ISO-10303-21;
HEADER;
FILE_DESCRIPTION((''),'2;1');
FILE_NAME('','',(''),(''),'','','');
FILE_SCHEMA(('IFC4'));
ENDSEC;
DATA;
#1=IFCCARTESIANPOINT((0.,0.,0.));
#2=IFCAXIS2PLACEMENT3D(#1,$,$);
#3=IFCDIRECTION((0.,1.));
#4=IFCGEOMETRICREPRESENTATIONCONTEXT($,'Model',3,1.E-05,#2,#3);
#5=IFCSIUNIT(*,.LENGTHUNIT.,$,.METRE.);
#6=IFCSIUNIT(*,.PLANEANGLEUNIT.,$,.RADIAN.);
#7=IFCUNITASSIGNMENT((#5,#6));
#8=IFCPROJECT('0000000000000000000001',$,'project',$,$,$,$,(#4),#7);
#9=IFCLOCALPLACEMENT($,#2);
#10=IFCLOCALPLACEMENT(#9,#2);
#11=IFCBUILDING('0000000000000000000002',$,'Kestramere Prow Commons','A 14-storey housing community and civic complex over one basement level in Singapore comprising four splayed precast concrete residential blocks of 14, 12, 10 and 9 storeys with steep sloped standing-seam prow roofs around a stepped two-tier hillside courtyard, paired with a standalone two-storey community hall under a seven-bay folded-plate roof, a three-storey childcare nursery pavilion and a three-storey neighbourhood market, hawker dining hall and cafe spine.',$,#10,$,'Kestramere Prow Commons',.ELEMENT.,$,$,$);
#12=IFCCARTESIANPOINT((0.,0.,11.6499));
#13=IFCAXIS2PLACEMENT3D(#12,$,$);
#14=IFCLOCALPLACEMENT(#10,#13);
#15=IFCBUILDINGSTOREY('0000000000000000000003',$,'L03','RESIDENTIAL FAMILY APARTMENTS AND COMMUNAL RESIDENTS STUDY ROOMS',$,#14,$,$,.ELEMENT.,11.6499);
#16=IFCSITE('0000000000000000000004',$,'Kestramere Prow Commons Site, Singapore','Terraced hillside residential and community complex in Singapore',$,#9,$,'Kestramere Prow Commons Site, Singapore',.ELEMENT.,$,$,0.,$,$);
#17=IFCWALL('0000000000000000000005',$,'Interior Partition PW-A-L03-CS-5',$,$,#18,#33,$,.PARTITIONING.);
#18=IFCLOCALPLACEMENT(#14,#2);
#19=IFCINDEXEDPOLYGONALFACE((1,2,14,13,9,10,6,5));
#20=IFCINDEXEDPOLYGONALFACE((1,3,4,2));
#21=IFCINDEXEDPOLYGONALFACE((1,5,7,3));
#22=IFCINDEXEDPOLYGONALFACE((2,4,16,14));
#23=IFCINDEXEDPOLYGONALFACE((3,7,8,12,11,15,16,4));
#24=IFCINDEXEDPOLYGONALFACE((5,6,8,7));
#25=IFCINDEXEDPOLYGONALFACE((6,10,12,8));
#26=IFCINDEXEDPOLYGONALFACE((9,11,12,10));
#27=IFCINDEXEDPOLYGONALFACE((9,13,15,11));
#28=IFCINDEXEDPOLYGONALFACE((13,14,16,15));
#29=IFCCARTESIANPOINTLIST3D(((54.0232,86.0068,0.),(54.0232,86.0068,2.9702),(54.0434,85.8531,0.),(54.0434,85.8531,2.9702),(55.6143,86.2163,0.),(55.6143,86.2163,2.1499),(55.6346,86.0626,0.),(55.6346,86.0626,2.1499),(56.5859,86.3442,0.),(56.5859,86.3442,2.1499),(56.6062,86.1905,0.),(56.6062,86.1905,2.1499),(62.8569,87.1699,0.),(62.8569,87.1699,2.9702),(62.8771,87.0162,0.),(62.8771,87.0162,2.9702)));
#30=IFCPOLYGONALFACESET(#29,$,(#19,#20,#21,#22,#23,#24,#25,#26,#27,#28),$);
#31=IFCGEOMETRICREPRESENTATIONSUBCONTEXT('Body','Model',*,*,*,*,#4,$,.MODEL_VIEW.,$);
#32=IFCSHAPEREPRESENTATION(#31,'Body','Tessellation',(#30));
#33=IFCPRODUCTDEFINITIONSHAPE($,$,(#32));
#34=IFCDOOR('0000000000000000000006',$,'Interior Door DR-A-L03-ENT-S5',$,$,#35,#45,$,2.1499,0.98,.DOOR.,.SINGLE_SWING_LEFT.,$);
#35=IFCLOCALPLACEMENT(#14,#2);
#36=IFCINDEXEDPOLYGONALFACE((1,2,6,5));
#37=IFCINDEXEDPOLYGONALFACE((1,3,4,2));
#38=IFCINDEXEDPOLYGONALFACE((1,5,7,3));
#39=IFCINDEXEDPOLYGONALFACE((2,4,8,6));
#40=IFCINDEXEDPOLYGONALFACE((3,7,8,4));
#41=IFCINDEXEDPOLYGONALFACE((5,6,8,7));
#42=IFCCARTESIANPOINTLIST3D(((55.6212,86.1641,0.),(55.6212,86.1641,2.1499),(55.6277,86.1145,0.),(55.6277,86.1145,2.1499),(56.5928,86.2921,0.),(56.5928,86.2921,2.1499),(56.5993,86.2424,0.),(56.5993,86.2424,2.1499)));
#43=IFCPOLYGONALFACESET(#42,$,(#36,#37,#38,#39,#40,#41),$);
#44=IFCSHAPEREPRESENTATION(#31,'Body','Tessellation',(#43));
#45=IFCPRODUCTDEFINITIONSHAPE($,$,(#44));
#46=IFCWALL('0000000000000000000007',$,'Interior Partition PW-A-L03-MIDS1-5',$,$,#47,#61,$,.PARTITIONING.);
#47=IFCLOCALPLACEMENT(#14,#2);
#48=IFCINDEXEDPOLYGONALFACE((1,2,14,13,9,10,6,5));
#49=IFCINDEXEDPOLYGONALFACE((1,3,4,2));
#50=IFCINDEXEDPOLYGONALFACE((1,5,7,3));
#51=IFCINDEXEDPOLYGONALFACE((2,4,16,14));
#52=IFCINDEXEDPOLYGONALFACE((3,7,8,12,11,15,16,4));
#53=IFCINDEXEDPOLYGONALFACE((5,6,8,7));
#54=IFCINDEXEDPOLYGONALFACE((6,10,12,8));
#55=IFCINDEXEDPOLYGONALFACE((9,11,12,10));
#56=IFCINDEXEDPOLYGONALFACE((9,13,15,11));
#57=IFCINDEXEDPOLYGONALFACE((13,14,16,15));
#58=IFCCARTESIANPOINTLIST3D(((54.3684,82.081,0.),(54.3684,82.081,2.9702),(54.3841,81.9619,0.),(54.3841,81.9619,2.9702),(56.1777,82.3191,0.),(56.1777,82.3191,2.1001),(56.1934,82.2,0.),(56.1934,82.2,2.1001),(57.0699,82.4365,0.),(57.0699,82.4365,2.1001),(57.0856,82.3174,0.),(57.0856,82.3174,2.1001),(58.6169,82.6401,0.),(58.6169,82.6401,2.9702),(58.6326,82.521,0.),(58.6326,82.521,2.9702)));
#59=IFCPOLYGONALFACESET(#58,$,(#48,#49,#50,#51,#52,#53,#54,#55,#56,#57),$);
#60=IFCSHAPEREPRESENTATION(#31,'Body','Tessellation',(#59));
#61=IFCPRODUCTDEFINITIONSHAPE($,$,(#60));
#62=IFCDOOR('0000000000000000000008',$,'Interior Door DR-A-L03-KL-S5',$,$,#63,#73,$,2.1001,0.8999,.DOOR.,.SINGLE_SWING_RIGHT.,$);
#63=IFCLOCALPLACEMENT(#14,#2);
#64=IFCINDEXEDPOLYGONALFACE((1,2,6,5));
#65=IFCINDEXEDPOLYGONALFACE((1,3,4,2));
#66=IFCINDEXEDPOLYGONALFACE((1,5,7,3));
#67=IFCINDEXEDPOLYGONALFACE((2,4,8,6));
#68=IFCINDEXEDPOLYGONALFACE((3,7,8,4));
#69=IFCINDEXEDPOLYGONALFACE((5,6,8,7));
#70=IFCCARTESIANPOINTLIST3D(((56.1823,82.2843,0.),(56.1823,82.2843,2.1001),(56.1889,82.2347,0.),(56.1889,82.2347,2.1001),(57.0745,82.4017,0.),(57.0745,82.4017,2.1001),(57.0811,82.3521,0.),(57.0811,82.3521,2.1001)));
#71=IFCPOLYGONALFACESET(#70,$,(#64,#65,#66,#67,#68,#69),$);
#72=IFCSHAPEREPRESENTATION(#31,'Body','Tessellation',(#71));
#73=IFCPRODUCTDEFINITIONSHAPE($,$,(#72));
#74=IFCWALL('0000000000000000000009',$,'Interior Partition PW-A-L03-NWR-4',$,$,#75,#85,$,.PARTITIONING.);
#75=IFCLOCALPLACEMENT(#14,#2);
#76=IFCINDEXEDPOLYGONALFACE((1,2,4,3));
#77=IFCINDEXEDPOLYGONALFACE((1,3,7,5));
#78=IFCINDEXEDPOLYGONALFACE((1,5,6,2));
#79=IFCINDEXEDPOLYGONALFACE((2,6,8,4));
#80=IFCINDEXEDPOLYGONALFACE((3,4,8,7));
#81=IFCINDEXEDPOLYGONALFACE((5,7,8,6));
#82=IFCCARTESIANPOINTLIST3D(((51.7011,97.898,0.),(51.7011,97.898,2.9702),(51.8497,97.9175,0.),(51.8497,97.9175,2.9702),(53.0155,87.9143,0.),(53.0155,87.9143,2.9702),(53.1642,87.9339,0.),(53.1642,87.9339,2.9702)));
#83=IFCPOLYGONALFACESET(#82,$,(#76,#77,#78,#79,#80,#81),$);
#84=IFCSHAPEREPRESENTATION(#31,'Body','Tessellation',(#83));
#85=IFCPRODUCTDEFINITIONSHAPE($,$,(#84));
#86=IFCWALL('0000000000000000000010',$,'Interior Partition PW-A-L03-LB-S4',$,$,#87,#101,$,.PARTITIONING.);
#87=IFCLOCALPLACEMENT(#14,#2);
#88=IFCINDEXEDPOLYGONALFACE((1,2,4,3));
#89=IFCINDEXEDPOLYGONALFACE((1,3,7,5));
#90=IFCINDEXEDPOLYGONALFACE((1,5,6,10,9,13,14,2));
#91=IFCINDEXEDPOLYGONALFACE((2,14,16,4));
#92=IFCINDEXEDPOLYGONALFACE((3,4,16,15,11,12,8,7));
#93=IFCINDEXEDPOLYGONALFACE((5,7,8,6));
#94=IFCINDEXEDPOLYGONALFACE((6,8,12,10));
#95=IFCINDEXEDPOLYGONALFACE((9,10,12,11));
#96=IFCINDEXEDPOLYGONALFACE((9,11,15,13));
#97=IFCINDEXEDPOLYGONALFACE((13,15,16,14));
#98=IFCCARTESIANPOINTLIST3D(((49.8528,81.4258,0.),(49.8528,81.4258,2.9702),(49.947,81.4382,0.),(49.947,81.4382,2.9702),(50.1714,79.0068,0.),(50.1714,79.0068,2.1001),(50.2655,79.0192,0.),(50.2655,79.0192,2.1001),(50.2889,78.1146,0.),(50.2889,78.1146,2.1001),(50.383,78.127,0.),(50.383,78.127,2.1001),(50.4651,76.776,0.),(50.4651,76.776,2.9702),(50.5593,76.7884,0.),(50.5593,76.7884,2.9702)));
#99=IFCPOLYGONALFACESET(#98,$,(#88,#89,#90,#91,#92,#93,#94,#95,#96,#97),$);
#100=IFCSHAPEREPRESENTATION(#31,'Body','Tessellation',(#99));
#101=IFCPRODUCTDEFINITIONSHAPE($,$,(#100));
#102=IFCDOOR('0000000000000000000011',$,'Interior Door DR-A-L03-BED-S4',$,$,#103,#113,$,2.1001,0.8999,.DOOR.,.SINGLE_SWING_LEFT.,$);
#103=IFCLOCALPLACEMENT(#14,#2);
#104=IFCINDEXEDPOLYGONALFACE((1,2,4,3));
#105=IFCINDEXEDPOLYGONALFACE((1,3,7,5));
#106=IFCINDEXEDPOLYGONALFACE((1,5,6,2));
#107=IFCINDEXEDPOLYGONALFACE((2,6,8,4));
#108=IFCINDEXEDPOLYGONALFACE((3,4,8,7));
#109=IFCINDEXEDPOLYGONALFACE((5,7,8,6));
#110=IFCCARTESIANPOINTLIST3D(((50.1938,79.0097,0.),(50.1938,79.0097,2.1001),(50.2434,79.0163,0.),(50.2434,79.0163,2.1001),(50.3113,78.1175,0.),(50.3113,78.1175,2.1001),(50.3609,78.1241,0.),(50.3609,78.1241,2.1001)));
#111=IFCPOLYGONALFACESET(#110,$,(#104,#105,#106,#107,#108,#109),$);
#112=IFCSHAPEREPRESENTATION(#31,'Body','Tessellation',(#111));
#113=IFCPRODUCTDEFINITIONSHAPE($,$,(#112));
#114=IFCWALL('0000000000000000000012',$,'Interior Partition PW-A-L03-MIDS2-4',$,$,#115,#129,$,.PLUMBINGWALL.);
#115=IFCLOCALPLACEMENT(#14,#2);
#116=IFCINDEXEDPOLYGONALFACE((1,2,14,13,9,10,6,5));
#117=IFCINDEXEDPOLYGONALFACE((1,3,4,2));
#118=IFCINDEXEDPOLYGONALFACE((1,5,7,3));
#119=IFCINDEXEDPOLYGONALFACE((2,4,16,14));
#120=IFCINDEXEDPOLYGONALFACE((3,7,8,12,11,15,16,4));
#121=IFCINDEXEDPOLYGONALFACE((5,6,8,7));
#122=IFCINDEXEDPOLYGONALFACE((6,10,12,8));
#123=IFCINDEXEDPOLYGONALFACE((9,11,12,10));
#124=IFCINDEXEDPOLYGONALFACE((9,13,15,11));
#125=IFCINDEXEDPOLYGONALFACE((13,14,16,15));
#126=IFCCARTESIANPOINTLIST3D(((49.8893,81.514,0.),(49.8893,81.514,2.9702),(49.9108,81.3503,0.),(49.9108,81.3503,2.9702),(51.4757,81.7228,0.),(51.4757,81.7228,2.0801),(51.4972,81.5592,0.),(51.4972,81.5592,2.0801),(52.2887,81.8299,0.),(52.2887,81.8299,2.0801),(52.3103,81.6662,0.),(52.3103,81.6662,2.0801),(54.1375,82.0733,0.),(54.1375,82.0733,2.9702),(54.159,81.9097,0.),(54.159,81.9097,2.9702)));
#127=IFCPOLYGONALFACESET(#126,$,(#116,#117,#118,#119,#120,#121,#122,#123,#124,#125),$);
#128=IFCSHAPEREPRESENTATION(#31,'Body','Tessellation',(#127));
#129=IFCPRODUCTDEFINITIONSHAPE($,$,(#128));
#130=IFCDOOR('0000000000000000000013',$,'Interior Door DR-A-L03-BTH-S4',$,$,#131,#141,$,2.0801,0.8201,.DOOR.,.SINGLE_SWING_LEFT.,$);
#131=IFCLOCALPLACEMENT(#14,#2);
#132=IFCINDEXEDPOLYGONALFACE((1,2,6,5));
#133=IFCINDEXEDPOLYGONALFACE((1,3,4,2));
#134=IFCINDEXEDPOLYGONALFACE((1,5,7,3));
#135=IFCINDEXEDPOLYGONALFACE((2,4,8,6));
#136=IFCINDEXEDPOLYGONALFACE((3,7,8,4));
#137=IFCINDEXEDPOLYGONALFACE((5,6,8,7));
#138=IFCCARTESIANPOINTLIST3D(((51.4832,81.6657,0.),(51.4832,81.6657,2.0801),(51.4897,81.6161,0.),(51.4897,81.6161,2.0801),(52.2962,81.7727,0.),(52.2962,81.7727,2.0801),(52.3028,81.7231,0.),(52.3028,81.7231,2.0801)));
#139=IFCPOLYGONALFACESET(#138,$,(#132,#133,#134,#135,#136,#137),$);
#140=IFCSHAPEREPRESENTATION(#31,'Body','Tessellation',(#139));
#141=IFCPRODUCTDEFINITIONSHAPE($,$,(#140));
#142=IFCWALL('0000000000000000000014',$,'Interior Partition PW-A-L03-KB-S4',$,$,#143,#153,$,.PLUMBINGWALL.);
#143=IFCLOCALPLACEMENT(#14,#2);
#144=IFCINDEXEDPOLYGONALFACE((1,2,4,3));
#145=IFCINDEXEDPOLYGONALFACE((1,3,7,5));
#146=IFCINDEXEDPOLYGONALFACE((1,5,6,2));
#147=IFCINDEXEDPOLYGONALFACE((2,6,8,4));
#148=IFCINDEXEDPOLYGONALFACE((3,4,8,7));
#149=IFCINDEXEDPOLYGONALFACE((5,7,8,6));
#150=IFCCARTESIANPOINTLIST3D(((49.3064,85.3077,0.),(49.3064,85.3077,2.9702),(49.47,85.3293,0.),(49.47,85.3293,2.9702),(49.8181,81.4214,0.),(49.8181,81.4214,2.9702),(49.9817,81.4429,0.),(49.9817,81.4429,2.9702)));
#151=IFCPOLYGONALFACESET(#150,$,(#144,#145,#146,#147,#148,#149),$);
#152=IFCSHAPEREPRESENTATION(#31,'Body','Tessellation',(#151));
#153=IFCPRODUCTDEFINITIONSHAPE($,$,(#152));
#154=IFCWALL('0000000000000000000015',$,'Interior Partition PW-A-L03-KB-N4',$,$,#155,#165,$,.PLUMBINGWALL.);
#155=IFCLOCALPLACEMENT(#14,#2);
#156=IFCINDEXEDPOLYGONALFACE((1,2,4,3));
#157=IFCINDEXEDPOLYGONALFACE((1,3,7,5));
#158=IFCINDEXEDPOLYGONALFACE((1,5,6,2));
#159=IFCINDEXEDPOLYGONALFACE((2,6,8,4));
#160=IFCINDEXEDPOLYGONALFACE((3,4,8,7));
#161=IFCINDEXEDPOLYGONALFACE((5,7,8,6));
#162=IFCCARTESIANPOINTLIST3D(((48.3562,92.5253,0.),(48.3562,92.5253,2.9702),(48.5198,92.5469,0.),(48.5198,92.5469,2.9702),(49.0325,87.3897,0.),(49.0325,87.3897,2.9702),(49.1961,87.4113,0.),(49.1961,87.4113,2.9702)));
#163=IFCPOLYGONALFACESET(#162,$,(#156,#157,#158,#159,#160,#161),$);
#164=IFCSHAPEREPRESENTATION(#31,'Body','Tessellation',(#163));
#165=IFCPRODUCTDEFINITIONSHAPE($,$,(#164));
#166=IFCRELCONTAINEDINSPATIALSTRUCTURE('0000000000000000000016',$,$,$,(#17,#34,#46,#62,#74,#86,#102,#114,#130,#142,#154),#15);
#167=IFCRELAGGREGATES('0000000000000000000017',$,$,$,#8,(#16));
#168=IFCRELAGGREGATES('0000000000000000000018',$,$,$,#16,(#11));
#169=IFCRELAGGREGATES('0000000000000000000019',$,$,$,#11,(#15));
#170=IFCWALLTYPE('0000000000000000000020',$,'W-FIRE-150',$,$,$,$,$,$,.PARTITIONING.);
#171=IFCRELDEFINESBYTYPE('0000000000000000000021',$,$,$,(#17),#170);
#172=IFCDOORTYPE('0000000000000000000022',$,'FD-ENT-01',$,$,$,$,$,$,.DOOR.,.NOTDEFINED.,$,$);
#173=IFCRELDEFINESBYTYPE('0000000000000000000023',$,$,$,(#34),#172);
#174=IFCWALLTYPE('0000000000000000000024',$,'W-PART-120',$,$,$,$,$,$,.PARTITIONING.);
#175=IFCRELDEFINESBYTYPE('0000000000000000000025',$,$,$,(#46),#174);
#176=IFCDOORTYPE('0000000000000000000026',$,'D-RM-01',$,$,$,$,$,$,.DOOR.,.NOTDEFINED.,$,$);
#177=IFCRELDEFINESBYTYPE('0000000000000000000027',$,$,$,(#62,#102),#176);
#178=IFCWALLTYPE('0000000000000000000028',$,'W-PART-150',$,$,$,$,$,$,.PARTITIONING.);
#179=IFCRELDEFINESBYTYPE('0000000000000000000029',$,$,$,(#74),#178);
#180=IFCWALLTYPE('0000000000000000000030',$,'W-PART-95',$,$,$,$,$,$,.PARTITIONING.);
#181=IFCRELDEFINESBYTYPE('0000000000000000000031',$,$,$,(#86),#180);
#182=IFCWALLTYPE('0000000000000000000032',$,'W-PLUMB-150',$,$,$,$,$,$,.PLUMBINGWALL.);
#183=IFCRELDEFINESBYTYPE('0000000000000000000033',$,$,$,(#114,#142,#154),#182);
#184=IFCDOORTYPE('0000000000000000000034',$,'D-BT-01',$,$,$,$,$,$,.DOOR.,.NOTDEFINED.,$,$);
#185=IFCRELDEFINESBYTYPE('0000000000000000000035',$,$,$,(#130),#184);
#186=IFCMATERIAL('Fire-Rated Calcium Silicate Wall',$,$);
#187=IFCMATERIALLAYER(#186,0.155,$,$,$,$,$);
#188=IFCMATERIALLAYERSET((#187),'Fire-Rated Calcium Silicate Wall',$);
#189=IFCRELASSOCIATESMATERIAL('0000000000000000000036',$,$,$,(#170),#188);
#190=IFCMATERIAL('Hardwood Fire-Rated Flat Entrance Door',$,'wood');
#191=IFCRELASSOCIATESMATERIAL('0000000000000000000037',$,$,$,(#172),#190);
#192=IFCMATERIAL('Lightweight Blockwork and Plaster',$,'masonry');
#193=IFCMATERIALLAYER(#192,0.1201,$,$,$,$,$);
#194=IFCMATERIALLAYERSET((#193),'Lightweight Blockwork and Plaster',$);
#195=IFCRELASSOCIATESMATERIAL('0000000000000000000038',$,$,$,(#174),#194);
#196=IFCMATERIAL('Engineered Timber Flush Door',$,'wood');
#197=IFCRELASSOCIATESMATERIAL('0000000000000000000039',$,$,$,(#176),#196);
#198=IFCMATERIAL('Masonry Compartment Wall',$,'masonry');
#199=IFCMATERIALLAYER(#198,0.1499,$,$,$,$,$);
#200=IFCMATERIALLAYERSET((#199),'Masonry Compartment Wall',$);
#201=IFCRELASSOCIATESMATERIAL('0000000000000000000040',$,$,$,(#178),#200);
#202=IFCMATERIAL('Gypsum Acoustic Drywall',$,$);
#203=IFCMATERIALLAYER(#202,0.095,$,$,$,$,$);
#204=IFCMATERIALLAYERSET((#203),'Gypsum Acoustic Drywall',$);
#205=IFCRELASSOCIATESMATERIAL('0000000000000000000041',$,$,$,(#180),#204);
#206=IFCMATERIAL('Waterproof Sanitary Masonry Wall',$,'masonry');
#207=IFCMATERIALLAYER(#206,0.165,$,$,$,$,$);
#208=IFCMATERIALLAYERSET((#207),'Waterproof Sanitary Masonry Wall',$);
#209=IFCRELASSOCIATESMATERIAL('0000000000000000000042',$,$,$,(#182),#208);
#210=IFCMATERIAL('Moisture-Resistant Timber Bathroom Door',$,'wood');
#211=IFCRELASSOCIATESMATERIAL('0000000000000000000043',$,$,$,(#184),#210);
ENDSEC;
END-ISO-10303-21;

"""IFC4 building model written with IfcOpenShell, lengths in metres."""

from ifc_helpers import new_model, si_unit, direction, frame, frame_2d, origin, place, context, subcontext, project, spatial, rectangle, extrude, material, layer, layer_set, type_object, element, fill, save


model = new_model("IFC4")

# Units and contexts
model_context = context("Model", 3, precision=1e-05, world=origin(), true_north=direction((0.0, 1.0)))
body_context = subcontext(model_context, "Body", "Model", "MODEL_VIEW")
ifc_project = project(units=[si_unit("LENGTHUNIT", "METRE"), si_unit("PLANEANGLEUNIT", "RADIAN")], contexts=[model_context])

# Site, building, storey
site_placement = place(None, origin())
site = spatial("IfcSite", under=ifc_project, at=site_placement, Name="Kestramere Prow Commons Site, Singapore", Description="Terraced hillside residential and community complex in Singapore", LongName="Kestramere Prow Commons Site, Singapore", CompositionType="ELEMENT", RefElevation=0.0)
building_placement = place(site_placement, origin())
building = spatial("IfcBuilding", under=site, at=building_placement, Name="Kestramere Prow Commons", Description="A 14-storey housing community and civic complex over one basement level in Singapore comprising four splayed precast concrete residential blocks of 14, 12, 10 and 9 storeys with steep sloped standing-seam prow roofs around a stepped two-tier hillside courtyard, paired with a standalone two-storey community hall under a seven-bay folded-plate roof, a three-storey childcare nursery pavilion and a three-storey neighbourhood market, hawker dining hall and cafe spine.", LongName="Kestramere Prow Commons", CompositionType="ELEMENT")
storey_placement = place(building_placement, frame((0.0, 0.0, 11.6499)))
storey = spatial("IfcBuildingStorey", under=building, at=storey_placement, Name="L03", Description="RESIDENTIAL FAMILY APARTMENTS AND COMMUNAL RESIDENTS STUDY ROOMS", CompositionType="ELEMENT", Elevation=11.6499)

# Walls, openings, doors
ifc_material_1 = material(Name="Fire-Rated Calcium Silicate Wall")
ifc_layer_1 = layer(ifc_material_1, 0.155)
ifc_layer_set_1 = layer_set([ifc_layer_1], Name="Fire-Rated Calcium Silicate Wall")
wall_type_1 = type_object("IfcWallType", Name="W-FIRE-150", PredefinedType="PARTITIONING", material=ifc_layer_set_1)
wall_1_placement = place(storey_placement, frame((54.0332, 85.9299, 0.0), z_axis=(0.0, 0.0, 1.0), x_axis=(0.991443, 0.130537, 0.0)))
wall_1 = element("IfcWall", 1, at=wall_1_placement, inside=storey, type_object=wall_type_1, Name="Interior Partition PW-A-L03-CS-5", PredefinedType="PARTITIONING", context=body_context, shape_type="SweptSolid", body=[
    extrude(rectangle(XDim=8.9099, YDim=0.155, at=frame_2d((4.4551, 0.0))), origin(), (0.0, 0.0, 1.0), 2.9702),
])
opening_1_placement = place(wall_1_placement, frame((1.605, 0.0, 0.0)))
opening_1 = element("IfcOpeningElement", 2, at=opening_1_placement, cuts=wall_1, PredefinedType="OPENING", context=body_context, shape_type="SweptSolid", body=[
    extrude(rectangle(XDim=0.98, YDim=2.1499, at=frame_2d((0.49, 1.075))), frame((0.0, 0.0925, 0.0), z_axis=(0.0, -1.0, 0.0), x_axis=(1.0, 0.0, 0.0)), (0.0, 0.0, 1.0), 0.1851),
])
ifc_material_2 = material(Name="Hardwood Fire-Rated Flat Entrance Door", Category="wood")
door_type_1 = type_object("IfcDoorType", Name="FD-ENT-01", OperationType="NOTDEFINED", PredefinedType="DOOR", material=ifc_material_2)
door_1_placement = place(opening_1_placement, origin())
door_1 = element("IfcDoor", 3, at=door_1_placement, inside=storey, type_object=door_type_1, Name="Interior Door DR-A-L03-ENT-S5", OperationType="SINGLE_SWING_LEFT", OverallHeight=2.1499, OverallWidth=0.98, PredefinedType="DOOR", context=body_context, shape_type="SweptSolid", body=[
    extrude(rectangle(XDim=0.98, YDim=2.1499, at=frame_2d((0.49, 1.075))), frame((0.0, 0.0249, 0.0), z_axis=(0.0, -1.0, 0.0), x_axis=(1.0, 0.0, 0.0)), (0.0, 0.0, 1.0), 0.05),
])
fill(opening_1, door_1)
ifc_material_3 = material(Name="Lightweight Blockwork and Plaster", Category="masonry")
ifc_layer_2 = layer(ifc_material_3, 0.1201)
ifc_layer_set_2 = layer_set([ifc_layer_2], Name="Lightweight Blockwork and Plaster")
wall_type_2 = type_object("IfcWallType", Name="W-PART-120", PredefinedType="PARTITIONING", material=ifc_layer_set_2)
wall_2_placement = place(storey_placement, frame((54.3762, 82.0215, 0.0), z_axis=(0.0, 0.0, 1.0), x_axis=(0.991452, 0.130469, 0.0)))
wall_2 = element("IfcWall", 4, at=wall_2_placement, inside=storey, type_object=wall_type_2, Name="Interior Partition PW-A-L03-MIDS1-5", PredefinedType="PARTITIONING", context=body_context, shape_type="SweptSolid", body=[
    extrude(rectangle(XDim=4.2852, YDim=0.1201, at=frame_2d((2.1426, 0.0))), origin(), (0.0, 0.0, 1.0), 2.9702),
])
opening_2_placement = place(wall_2_placement, frame((1.825, 0.0, 0.0)))
opening_2 = element("IfcOpeningElement", 5, at=opening_2_placement, cuts=wall_2, PredefinedType="OPENING", context=body_context, shape_type="SweptSolid", body=[
    extrude(rectangle(XDim=0.8999, YDim=2.1001, at=frame_2d((0.45, 1.05))), frame((0.0, 0.075, 0.0), z_axis=(0.0, -1.0, 0.0), x_axis=(1.0, 0.0, 0.0)), (0.0, 0.0, 1.0), 0.1501),
])
ifc_material_4 = material(Name="Engineered Timber Flush Door", Category="wood")
door_type_2 = type_object("IfcDoorType", Name="D-RM-01", OperationType="NOTDEFINED", PredefinedType="DOOR", material=ifc_material_4)
door_2_placement = place(opening_2_placement, origin())
door_2 = element("IfcDoor", 6, at=door_2_placement, inside=storey, type_object=door_type_2, Name="Interior Door DR-A-L03-KL-S5", OperationType="SINGLE_SWING_RIGHT", OverallHeight=2.1001, OverallWidth=0.8999, PredefinedType="DOOR", context=body_context, shape_type="SweptSolid", body=[
    extrude(rectangle(XDim=0.8999, YDim=2.1001, at=frame_2d((0.45, 1.05))), frame((0.0, 0.0249, 0.0), z_axis=(0.0, -1.0, 0.0), x_axis=(1.0, 0.0, 0.0)), (0.0, 0.0, 1.0), 0.05),
])
fill(opening_2, door_2)

# Wall
ifc_material_5 = material(Name="Masonry Compartment Wall", Category="masonry")
ifc_layer_3 = layer(ifc_material_5, 0.1499)
ifc_layer_set_3 = layer_set([ifc_layer_3], Name="Masonry Compartment Wall")
wall_type_3 = type_object("IfcWallType", Name="W-PART-150", PredefinedType="PARTITIONING", material=ifc_layer_set_3)
wall_3_placement = place(storey_placement, frame((53.0898, 87.9241, 0.0), z_axis=(0.0, 0.0, 1.0), x_axis=(-0.130534, 0.991444, 0.0)))
element("IfcWall", 7, at=wall_3_placement, inside=storey, type_object=wall_type_3, Name="Interior Partition PW-A-L03-NWR-4", PredefinedType="PARTITIONING", context=body_context, shape_type="SweptSolid", body=[
    extrude(rectangle(XDim=10.0698, YDim=0.1499, at=frame_2d((5.0349, 0.0))), origin(), (0.0, 0.0, 1.0), 2.9702),
])

# Walls, openings, doors
ifc_material_6 = material(Name="Gypsum Acoustic Drywall")
ifc_layer_4 = layer(ifc_material_6, 0.095)
ifc_layer_set_4 = layer_set([ifc_layer_4], Name="Gypsum Acoustic Drywall")
wall_type_4 = type_object("IfcWallType", Name="W-PART-95", PredefinedType="PARTITIONING", material=ifc_layer_set_4)
wall_4_placement = place(storey_placement, frame((50.5122, 76.7822, 0.0), z_axis=(0.0, 0.0, 1.0), x_axis=(-0.130554, 0.991441, 0.0)))
wall_4 = element("IfcWall", 8, at=wall_4_placement, inside=storey, type_object=wall_type_4, Name="Interior Partition PW-A-L03-LB-S4", PredefinedType="PARTITIONING", context=body_context, shape_type="SweptSolid", body=[
    extrude(rectangle(XDim=4.6899, YDim=0.095, at=frame_2d((2.345, 0.0))), origin(), (0.0, 0.0, 1.0), 2.9702),
])
opening_3_placement = place(wall_4_placement, frame((1.3501, 0.0, 0.0)))
opening_3 = element("IfcOpeningElement", 9, at=opening_3_placement, cuts=wall_4, PredefinedType="OPENING", context=body_context, shape_type="SweptSolid", body=[
    extrude(rectangle(XDim=0.8999, YDim=2.1001, at=frame_2d((0.45, 1.05))), frame((0.0, 0.0625, 0.0), z_axis=(0.0, -1.0, 0.0), x_axis=(1.0, 0.0, 0.0)), (0.0, 0.0, 1.0), 0.125),
])
door_3_placement = place(opening_3_placement, origin())
door_3 = element("IfcDoor", 10, at=door_3_placement, inside=storey, type_object=door_type_2, Name="Interior Door DR-A-L03-BED-S4", OperationType="SINGLE_SWING_LEFT", OverallHeight=2.1001, OverallWidth=0.8999, PredefinedType="DOOR", context=body_context, shape_type="SweptSolid", body=[
    extrude(rectangle(XDim=0.8999, YDim=2.1001, at=frame_2d((0.45, 1.05))), frame((0.0, 0.0249, 0.0), z_axis=(0.0, -1.0, 0.0), x_axis=(1.0, 0.0, 0.0)), (0.0, 0.0, 1.0), 0.05),
])
fill(opening_3, door_3)
ifc_material_7 = material(Name="Waterproof Sanitary Masonry Wall", Category="masonry")
ifc_layer_5 = layer(ifc_material_7, 0.165)
ifc_layer_set_5 = layer_set([ifc_layer_5], Name="Waterproof Sanitary Masonry Wall")
wall_type_5 = type_object("IfcWallType", Name="W-PLUMB-150", PredefinedType="PLUMBINGWALL", material=ifc_layer_set_5)
wall_5_placement = place(storey_placement, frame((49.8999, 81.4321, 0.0), z_axis=(0.0, 0.0, 1.0), x_axis=(0.991444, 0.130533, 0.0)))
wall_5 = element("IfcWall", 11, at=wall_5_placement, inside=storey, type_object=wall_type_5, Name="Interior Partition PW-A-L03-MIDS2-4", PredefinedType="PLUMBINGWALL", context=body_context, shape_type="SweptSolid", body=[
    extrude(rectangle(XDim=4.2849, YDim=0.165, at=frame_2d((2.1426, 0.0))), origin(), (0.0, 0.0, 1.0), 2.9702),
])
opening_4_placement = place(wall_5_placement, frame((1.6001, 0.0, 0.0)))
opening_4 = element("IfcOpeningElement", 12, at=opening_4_placement, cuts=wall_5, PredefinedType="OPENING", context=body_context, shape_type="SweptSolid", body=[
    extrude(rectangle(XDim=0.8201, YDim=2.0801, at=frame_2d((0.4102, 1.04))), frame((0.0, 0.0974, 0.0), z_axis=(0.0, -1.0, 0.0), x_axis=(1.0, 0.0, 0.0)), (0.0, 0.0, 1.0), 0.1951),
])
ifc_material_8 = material(Name="Moisture-Resistant Timber Bathroom Door", Category="wood")
door_type_3 = type_object("IfcDoorType", Name="D-BT-01", OperationType="NOTDEFINED", PredefinedType="DOOR", material=ifc_material_8)
door_4_placement = place(opening_4_placement, origin())
door_4 = element("IfcDoor", 13, at=door_4_placement, inside=storey, type_object=door_type_3, Name="Interior Door DR-A-L03-BTH-S4", OperationType="SINGLE_SWING_LEFT", OverallHeight=2.0801, OverallWidth=0.8201, PredefinedType="DOOR", context=body_context, shape_type="SweptSolid", body=[
    extrude(rectangle(XDim=0.8201, YDim=2.0801, at=frame_2d((0.4102, 1.04))), frame((0.0, 0.0249, 0.0), z_axis=(0.0, -1.0, 0.0), x_axis=(1.0, 0.0, 0.0)), (0.0, 0.0, 1.0), 0.05),
])
fill(opening_4, door_4)

# Walls
wall_6_placement = place(storey_placement, frame((49.8999, 81.4321, 0.0), z_axis=(0.0, 0.0, 1.0), x_axis=(-0.13054, 0.991443, 0.0)))
element("IfcWall", 14, at=wall_6_placement, inside=storey, type_object=wall_type_5, Name="Interior Partition PW-A-L03-KB-S4", PredefinedType="PLUMBINGWALL", context=body_context, shape_type="SweptSolid", body=[
    extrude(rectangle(XDim=3.9199, YDim=0.165, at=frame_2d((1.96, 0.0))), origin(), (0.0, 0.0, 1.0), 2.9702),
])
wall_7_placement = place(storey_placement, frame((49.1143, 87.4006, 0.0), z_axis=(0.0, 0.0, 1.0), x_axis=(-0.130558, 0.991441, 0.0)))
element("IfcWall", 15, at=wall_7_placement, inside=storey, type_object=wall_type_5, Name="Interior Partition PW-A-L03-KB-N4", PredefinedType="PLUMBINGWALL", context=body_context, shape_type="SweptSolid", body=[
    extrude(rectangle(XDim=5.1799, YDim=0.165, at=frame_2d((2.5898, 0.0))), origin(), (0.0, 0.0, 1.0), 2.9702),
])

save(model, "model.ifc")
